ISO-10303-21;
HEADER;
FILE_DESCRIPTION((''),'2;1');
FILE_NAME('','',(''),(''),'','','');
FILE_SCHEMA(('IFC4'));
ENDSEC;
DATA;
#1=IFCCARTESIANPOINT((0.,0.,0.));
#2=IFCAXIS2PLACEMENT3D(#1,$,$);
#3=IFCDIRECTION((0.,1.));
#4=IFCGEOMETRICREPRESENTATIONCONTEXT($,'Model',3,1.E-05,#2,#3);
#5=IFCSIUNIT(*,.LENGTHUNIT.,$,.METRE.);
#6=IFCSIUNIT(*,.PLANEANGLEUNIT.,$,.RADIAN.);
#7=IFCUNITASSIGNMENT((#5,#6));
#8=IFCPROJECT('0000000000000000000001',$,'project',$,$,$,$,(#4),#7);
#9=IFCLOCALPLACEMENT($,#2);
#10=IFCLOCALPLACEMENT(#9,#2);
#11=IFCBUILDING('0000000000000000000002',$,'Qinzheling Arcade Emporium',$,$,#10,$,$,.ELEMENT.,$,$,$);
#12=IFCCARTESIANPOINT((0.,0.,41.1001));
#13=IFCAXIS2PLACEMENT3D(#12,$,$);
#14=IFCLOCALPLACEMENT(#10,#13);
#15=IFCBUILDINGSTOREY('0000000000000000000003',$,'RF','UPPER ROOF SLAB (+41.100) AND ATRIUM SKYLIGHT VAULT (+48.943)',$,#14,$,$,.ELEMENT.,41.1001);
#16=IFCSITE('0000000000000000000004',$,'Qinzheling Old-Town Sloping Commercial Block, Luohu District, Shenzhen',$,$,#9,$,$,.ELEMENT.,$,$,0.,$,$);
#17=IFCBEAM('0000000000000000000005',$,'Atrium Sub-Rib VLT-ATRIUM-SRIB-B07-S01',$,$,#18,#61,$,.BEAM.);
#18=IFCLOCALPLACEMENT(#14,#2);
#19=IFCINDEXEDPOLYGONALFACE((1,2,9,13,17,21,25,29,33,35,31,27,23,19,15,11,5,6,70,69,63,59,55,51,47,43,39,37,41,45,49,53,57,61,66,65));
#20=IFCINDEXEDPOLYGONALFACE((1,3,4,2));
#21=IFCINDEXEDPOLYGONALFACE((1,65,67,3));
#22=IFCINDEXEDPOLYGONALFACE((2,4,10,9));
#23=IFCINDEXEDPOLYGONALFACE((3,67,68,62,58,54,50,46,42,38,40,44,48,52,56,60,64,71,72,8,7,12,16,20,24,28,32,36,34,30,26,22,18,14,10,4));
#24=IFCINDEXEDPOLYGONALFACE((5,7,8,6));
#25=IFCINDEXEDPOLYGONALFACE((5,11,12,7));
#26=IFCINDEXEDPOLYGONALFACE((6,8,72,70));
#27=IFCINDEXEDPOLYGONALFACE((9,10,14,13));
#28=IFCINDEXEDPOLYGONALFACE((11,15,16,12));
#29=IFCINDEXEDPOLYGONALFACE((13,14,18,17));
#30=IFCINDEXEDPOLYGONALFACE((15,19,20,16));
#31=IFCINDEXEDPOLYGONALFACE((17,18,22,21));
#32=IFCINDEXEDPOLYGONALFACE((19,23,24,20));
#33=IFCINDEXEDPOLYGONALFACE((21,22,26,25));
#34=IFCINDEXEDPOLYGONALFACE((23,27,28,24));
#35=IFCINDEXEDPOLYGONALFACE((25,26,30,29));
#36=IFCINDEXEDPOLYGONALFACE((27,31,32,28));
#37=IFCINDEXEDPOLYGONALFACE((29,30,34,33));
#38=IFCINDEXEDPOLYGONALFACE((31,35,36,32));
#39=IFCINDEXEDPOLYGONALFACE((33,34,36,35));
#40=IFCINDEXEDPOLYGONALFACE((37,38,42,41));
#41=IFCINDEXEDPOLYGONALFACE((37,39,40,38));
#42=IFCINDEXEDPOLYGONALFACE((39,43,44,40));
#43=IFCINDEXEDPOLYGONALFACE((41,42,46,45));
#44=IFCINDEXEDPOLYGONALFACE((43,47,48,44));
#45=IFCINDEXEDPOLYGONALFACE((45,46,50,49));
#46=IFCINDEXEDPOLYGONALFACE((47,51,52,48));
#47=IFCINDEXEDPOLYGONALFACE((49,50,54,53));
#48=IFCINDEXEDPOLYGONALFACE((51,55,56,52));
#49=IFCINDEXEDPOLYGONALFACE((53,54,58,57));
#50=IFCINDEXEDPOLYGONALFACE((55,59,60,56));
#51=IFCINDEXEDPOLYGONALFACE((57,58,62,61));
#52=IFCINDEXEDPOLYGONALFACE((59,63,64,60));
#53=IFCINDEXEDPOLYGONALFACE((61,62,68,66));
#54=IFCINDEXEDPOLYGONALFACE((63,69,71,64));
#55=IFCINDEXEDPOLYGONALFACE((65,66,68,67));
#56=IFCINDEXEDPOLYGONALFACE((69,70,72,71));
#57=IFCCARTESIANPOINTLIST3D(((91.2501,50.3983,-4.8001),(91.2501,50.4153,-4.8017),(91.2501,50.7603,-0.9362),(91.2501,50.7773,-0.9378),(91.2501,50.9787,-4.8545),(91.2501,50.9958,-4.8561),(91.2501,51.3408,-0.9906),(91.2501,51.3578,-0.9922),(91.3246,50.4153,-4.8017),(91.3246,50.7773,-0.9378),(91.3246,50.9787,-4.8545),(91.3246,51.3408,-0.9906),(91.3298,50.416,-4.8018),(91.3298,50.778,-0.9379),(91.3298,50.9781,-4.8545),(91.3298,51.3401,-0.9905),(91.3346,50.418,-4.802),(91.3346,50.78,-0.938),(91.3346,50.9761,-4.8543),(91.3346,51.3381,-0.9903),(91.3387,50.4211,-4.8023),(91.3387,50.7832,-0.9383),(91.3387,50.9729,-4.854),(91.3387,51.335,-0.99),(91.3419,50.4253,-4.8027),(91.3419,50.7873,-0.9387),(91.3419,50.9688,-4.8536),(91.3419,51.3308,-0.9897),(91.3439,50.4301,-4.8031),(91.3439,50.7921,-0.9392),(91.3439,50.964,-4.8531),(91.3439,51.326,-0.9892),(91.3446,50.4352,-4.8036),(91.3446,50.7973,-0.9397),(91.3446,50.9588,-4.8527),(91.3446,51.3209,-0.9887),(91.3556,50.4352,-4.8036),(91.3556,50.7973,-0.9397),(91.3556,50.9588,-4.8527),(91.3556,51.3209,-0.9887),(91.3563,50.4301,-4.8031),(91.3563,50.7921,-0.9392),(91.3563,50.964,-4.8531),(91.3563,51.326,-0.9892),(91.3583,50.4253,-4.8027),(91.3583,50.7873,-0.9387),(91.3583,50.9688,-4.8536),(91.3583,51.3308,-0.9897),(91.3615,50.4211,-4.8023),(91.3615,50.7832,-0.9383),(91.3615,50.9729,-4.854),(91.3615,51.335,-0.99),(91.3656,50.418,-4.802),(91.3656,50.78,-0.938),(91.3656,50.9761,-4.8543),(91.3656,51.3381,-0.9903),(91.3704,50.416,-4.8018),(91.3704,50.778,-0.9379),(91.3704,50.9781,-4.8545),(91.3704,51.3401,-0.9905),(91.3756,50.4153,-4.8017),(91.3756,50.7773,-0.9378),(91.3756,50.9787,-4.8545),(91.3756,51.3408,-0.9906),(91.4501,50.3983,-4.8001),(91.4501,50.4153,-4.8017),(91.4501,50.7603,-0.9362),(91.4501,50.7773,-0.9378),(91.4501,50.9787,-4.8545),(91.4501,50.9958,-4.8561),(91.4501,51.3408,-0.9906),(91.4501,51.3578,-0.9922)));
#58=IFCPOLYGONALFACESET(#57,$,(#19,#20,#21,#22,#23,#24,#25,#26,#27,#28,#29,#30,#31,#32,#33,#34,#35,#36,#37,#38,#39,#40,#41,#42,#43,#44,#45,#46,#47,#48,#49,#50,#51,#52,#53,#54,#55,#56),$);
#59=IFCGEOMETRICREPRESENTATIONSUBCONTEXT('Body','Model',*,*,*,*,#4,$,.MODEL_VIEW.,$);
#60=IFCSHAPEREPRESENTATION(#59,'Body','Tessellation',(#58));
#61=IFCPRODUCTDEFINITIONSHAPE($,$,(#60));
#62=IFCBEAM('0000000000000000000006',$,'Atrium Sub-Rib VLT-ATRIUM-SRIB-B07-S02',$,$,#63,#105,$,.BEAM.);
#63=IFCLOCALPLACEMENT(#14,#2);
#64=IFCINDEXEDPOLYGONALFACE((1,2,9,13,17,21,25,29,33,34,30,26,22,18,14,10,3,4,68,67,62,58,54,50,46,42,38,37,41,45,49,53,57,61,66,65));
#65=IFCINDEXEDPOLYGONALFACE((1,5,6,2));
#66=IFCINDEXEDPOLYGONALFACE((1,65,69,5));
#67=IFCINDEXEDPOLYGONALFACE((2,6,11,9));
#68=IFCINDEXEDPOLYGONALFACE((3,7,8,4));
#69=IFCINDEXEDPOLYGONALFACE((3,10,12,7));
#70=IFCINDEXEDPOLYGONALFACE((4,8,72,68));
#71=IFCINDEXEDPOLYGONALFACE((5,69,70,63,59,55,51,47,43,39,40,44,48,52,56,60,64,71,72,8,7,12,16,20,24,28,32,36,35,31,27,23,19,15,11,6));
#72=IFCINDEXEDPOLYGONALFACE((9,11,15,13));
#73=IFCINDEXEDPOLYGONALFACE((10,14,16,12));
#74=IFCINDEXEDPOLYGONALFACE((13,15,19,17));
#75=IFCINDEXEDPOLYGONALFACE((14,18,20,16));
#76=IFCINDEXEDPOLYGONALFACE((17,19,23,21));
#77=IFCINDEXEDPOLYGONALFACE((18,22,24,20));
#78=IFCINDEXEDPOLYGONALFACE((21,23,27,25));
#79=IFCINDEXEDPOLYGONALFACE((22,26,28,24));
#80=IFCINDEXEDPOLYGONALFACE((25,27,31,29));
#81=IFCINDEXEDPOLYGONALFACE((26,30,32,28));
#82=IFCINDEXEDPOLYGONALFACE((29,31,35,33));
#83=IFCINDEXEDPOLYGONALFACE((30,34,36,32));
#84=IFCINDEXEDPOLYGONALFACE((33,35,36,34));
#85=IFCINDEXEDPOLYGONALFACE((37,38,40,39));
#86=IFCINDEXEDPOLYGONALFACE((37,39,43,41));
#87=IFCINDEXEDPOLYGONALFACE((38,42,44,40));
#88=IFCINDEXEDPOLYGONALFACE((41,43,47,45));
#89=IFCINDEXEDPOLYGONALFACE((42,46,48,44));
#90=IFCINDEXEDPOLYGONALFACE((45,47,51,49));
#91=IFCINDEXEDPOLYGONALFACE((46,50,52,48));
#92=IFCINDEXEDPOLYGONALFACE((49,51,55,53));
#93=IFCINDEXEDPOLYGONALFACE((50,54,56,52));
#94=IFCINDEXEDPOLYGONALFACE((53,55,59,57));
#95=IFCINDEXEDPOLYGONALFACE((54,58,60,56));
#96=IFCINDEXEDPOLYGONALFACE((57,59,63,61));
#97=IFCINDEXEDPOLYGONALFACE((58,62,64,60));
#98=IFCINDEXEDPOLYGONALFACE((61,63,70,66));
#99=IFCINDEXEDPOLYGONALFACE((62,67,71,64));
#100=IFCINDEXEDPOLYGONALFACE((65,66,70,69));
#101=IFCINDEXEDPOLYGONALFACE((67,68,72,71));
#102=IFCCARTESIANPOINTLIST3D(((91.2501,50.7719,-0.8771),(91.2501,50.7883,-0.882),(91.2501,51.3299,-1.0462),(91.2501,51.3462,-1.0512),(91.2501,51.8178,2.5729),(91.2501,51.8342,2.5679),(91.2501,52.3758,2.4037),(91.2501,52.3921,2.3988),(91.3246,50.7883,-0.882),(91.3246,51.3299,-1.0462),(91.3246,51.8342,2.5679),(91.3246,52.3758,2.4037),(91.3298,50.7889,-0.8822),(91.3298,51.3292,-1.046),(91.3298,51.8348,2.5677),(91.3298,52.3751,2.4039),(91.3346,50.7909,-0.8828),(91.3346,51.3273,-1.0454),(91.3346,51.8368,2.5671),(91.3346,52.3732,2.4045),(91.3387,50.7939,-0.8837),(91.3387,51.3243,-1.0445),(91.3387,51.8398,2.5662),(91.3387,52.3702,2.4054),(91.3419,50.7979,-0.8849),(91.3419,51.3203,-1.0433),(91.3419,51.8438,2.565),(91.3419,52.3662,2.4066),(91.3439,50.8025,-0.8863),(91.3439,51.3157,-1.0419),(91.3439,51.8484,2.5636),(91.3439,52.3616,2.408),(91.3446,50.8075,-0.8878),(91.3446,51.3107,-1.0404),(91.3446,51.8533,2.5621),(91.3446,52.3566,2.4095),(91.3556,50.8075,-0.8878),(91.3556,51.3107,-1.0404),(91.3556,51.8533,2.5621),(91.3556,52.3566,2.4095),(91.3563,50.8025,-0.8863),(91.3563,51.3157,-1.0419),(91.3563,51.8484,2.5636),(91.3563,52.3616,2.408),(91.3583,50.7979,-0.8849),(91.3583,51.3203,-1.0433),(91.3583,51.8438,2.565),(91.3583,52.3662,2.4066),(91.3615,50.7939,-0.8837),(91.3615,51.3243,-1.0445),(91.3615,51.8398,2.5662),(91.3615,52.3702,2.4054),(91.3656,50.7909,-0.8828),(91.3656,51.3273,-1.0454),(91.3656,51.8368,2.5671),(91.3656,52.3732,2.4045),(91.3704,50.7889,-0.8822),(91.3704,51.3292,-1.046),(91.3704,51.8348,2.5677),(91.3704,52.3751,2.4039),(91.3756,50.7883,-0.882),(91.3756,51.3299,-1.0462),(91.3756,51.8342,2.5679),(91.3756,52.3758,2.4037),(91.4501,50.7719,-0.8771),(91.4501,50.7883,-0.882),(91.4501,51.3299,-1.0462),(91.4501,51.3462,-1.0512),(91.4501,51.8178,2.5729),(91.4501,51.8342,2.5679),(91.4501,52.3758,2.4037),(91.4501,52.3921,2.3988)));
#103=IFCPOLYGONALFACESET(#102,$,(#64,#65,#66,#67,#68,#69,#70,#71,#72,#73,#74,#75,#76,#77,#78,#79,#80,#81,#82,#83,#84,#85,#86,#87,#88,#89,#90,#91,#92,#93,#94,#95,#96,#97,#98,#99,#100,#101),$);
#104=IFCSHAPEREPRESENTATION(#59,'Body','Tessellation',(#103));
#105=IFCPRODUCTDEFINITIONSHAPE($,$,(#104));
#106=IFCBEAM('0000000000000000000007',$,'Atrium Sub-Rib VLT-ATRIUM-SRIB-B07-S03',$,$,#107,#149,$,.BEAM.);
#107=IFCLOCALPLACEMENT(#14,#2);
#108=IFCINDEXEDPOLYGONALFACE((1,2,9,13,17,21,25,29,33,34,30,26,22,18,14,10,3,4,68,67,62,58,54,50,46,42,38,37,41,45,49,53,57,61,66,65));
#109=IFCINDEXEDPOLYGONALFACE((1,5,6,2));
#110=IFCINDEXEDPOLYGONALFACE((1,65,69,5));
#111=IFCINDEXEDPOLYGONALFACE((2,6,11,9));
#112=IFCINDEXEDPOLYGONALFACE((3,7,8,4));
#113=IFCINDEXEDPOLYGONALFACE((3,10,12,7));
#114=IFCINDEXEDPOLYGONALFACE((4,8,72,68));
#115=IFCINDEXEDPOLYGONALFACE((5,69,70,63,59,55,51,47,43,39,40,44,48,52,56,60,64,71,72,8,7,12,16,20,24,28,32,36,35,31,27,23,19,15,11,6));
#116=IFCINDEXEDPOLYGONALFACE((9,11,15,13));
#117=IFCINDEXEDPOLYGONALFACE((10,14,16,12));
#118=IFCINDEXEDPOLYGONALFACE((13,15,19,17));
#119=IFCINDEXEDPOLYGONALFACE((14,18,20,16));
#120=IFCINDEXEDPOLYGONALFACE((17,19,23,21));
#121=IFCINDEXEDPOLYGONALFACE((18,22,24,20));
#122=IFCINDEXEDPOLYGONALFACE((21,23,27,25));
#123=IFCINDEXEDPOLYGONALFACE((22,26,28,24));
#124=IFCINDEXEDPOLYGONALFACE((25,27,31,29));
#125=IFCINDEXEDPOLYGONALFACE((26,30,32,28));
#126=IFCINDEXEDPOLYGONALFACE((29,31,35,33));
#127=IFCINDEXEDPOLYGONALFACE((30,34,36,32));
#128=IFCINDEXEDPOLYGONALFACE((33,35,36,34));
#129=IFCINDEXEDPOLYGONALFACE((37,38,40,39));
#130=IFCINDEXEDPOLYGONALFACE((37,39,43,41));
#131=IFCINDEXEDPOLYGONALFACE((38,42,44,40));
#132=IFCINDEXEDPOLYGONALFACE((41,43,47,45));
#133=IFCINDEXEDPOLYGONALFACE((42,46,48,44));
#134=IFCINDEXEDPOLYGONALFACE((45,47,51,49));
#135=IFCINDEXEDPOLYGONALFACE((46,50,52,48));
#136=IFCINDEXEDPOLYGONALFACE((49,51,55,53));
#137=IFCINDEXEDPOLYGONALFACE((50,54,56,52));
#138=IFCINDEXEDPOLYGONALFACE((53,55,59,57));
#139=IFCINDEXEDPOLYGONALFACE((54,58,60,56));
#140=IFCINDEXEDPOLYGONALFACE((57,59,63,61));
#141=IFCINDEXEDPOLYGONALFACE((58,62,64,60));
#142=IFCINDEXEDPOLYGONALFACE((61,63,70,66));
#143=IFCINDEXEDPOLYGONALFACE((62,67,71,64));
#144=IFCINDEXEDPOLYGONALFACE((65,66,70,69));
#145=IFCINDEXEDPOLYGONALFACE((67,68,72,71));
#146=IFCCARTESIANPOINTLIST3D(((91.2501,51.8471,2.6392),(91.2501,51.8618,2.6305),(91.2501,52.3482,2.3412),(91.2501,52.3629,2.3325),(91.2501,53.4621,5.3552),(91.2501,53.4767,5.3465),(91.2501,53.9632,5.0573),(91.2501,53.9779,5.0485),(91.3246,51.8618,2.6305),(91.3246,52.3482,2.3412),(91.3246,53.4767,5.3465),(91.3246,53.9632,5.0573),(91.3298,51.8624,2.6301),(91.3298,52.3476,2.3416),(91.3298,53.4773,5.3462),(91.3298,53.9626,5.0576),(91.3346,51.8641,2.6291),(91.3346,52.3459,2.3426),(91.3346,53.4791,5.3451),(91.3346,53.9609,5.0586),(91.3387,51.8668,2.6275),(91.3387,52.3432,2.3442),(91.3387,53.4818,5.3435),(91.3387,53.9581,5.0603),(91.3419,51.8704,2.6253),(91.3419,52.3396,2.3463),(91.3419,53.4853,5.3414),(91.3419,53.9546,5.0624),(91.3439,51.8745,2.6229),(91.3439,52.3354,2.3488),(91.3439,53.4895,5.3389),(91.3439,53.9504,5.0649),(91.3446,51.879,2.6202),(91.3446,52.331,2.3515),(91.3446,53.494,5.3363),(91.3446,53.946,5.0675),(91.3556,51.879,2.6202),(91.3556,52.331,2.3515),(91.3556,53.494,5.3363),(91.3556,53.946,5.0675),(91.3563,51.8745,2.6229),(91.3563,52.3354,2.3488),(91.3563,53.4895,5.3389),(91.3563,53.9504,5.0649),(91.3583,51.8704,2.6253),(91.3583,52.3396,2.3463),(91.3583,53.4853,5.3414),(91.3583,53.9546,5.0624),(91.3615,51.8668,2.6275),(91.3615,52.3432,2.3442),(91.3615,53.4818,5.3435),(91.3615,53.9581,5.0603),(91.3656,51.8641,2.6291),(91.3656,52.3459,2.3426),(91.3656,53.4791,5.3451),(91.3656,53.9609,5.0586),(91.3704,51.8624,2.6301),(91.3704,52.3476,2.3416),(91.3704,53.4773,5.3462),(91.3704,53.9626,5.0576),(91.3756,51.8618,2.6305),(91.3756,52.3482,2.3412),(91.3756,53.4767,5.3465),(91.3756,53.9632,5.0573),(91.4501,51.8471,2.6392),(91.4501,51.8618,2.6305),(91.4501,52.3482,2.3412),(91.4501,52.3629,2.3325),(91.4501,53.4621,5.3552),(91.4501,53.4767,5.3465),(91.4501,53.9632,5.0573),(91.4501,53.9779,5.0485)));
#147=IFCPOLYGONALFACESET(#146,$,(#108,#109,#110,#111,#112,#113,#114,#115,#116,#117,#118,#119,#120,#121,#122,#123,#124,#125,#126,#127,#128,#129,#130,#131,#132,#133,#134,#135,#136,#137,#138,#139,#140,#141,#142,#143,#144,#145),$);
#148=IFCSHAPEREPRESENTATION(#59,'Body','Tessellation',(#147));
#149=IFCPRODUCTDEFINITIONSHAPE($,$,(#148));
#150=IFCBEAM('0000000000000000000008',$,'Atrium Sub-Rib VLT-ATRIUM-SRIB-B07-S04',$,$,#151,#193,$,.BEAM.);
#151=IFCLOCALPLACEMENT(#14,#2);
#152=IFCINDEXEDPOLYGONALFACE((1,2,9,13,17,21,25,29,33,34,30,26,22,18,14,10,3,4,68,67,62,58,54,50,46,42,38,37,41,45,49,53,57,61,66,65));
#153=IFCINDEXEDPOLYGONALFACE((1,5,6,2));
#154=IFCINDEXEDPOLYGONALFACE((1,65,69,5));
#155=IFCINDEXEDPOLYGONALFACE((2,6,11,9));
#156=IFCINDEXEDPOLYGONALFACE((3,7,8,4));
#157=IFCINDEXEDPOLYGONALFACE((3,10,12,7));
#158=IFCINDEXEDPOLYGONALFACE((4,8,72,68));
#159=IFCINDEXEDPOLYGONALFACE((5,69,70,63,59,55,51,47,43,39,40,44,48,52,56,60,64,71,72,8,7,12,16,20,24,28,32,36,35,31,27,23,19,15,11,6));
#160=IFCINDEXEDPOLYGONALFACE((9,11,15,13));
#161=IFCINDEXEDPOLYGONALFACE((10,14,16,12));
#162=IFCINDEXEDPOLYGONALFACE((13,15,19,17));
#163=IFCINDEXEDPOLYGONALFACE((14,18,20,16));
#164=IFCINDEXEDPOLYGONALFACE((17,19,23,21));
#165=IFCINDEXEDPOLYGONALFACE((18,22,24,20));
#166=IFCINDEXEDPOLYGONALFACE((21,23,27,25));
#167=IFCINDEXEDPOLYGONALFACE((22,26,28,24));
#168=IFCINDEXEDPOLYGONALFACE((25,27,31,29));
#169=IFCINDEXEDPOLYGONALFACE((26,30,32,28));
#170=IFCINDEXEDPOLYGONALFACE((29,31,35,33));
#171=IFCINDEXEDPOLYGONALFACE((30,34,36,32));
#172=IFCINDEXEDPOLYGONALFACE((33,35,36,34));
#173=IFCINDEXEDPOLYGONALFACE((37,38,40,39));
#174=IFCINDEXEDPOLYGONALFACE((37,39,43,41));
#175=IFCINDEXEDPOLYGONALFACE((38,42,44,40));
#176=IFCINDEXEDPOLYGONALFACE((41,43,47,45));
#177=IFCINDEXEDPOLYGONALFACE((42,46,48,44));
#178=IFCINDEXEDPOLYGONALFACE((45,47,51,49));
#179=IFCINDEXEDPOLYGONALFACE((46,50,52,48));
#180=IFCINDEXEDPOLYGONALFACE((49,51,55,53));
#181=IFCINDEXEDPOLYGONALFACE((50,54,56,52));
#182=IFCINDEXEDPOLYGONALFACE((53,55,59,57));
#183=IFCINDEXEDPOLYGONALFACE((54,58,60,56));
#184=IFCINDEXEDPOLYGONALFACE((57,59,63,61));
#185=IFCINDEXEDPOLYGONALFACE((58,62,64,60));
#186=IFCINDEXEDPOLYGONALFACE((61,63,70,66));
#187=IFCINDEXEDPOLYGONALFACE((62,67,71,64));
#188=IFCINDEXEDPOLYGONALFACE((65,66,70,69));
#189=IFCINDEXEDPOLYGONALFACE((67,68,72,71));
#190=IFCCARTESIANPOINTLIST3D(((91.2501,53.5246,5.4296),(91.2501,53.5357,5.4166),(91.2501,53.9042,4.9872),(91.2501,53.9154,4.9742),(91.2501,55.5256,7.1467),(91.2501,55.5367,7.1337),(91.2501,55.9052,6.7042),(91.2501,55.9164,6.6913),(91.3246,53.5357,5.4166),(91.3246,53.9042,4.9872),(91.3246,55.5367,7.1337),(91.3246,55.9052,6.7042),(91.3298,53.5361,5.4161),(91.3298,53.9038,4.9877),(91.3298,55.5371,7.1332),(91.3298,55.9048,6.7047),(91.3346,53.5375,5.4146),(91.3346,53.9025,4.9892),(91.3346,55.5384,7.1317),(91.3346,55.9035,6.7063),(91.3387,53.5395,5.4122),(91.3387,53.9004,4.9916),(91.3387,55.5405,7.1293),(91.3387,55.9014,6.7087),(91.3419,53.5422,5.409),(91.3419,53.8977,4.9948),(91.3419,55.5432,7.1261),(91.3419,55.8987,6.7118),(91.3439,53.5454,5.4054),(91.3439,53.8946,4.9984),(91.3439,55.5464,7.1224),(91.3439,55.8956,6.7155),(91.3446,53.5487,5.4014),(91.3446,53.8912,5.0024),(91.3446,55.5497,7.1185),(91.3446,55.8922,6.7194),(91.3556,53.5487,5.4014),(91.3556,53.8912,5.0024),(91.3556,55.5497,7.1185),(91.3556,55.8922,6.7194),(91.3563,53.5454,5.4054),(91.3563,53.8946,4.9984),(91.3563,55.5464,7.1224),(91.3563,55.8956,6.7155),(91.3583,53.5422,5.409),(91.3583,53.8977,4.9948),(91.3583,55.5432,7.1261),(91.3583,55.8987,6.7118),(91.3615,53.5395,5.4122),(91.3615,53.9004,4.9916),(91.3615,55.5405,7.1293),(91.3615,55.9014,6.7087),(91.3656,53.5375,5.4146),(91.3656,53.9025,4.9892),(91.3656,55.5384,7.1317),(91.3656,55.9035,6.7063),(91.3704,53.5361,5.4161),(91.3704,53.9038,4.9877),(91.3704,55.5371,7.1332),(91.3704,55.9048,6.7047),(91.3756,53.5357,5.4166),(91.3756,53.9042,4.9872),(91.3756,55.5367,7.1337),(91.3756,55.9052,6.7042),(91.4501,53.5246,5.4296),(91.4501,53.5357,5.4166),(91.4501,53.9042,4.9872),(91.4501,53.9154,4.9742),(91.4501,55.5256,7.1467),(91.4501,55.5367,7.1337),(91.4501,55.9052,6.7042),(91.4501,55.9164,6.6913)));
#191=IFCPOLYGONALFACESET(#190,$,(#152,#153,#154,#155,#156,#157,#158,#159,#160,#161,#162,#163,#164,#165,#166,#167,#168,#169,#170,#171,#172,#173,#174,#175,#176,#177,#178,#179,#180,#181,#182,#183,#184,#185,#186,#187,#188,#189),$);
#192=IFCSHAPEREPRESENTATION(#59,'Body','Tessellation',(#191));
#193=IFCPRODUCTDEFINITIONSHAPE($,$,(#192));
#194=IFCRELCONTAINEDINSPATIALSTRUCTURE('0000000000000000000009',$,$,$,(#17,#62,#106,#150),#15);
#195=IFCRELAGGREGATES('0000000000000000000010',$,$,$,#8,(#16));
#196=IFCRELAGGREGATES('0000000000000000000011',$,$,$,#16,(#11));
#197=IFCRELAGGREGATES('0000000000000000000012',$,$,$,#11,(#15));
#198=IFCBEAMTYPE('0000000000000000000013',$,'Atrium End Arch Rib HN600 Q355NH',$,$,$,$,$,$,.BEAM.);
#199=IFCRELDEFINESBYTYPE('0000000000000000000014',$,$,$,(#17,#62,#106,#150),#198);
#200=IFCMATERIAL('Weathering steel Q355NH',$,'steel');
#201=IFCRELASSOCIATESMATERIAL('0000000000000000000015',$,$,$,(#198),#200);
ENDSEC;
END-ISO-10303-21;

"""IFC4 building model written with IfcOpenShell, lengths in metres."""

from ifc_helpers import new_model, si_unit, direction, frame, origin, origin_2d, place, context, subcontext, project, spatial, i_section, extrude, material, material_profile, profile_set, type_object, element, save


model = new_model("IFC4")

# Units and contexts
model_context = context("Model", 3, precision=1e-05, world=origin(), true_north=direction((0.0, 1.0)))
body_context = subcontext(model_context, "Body", "Model", "MODEL_VIEW")
ifc_project = project(units=[si_unit("LENGTHUNIT", "METRE"), si_unit("PLANEANGLEUNIT", "RADIAN")], contexts=[model_context])

# Site, building, storey
site_placement = place(None, origin())
site = spatial("IfcSite", under=ifc_project, at=site_placement, Name="Qinzheling Old-Town Sloping Commercial Block, Luohu District, Shenzhen", CompositionType="ELEMENT", RefElevation=0.0)
building_placement = place(site_placement, origin())
building = spatial("IfcBuilding", under=site, at=building_placement, Name="Qinzheling Arcade Emporium", CompositionType="ELEMENT")
storey_placement = place(building_placement, frame((0.0, 0.0, 41.1001)))
storey = spatial("IfcBuildingStorey", under=building, at=storey_placement, Name="RF", Description="UPPER ROOF SLAB (+41.100) AND ATRIUM SKYLIGHT VAULT (+48.943)", CompositionType="ELEMENT", Elevation=41.1001)

# Beams
ifc_material_1 = material(Name="Weathering steel Q355NH", Category="steel")
ifc_material_profile_1 = material_profile(ifc_material_1, i_section(OverallWidth=0.2, OverallDepth=0.6001, WebThickness=0.011, FlangeThickness=0.0171, FilletRadius=0.02, at=origin_2d()), Name="HN 600x200x11x17", Category="steel")
ifc_profile_set_1 = profile_set([ifc_material_profile_1], Name="Weathering steel Q355NH")
beam_type_1 = type_object("IfcBeamType", Name="Atrium End Arch Rib HN600 Q355NH", PredefinedType="BEAM", material=ifc_profile_set_1)
beam_1_placement = place(storey_placement, frame((91.3501, 50.697, -4.8281), z_axis=(0.0, 0.093292, 0.995639), x_axis=(-1.0, 0.0, 0.0)))
element("IfcBeam", 1, at=beam_1_placement, inside=storey, type_object=beam_type_1, Name="Atrium Sub-Rib VLT-ATRIUM-SRIB-B07-S01", PredefinedType="BEAM", context=body_context, shape_type="SweptSolid", body=[
    extrude(i_section(OverallWidth=0.2, OverallDepth=0.6001, WebThickness=0.011, FlangeThickness=0.0171, FilletRadius=0.02, at=origin_2d()), origin(), (0.0, 0.0, 1.0), 3.8809),
])
beam_2_placement = place(storey_placement, frame((91.3501, 51.0591, -0.9641), z_axis=(0.0, 0.290124, 0.956989), x_axis=(-1.0, 0.0, 0.0)))
element("IfcBeam", 2, at=beam_2_placement, inside=storey, type_object=beam_type_1, Name="Atrium Sub-Rib VLT-ATRIUM-SRIB-B07-S02", PredefinedType="BEAM", context=body_context, shape_type="SweptSolid", body=[
    extrude(i_section(OverallWidth=0.2, OverallDepth=0.6001, WebThickness=0.011, FlangeThickness=0.0171, FilletRadius=0.02, at=origin_2d()), origin(), (0.0, 0.0, 1.0), 3.605),
])
beam_3_placement = place(storey_placement, frame((91.3501, 52.105, 2.4858), z_axis=(0.0, 0.511083, 0.859531), x_axis=(-1.0, 0.0, 0.0)))
element("IfcBeam", 3, at=beam_3_placement, inside=storey, type_object=beam_type_1, Name="Atrium Sub-Rib VLT-ATRIUM-SRIB-B07-S03", PredefinedType="BEAM", context=body_context, shape_type="SweptSolid", body=[
    extrude(i_section(OverallWidth=0.2, OverallDepth=0.6001, WebThickness=0.011, FlangeThickness=0.0171, FilletRadius=0.02, at=origin_2d()), origin(), (0.0, 0.0, 1.0), 3.1599),
])
beam_4_placement = place(storey_placement, frame((91.3501, 53.72, 5.2019), z_axis=(0.0, 0.758897, 0.651211), x_axis=(-1.0, 0.0, 0.0)))
element("IfcBeam", 4, at=beam_4_placement, inside=storey, type_object=beam_type_1, Name="Atrium Sub-Rib VLT-ATRIUM-SRIB-B07-S04", PredefinedType="BEAM", context=body_context, shape_type="SweptSolid", body=[
    extrude(i_section(OverallWidth=0.2, OverallDepth=0.6001, WebThickness=0.011, FlangeThickness=0.0171, FilletRadius=0.02, at=origin_2d()), origin(), (0.0, 0.0, 1.0), 2.6367),
])

save(model, "model.ifc")
